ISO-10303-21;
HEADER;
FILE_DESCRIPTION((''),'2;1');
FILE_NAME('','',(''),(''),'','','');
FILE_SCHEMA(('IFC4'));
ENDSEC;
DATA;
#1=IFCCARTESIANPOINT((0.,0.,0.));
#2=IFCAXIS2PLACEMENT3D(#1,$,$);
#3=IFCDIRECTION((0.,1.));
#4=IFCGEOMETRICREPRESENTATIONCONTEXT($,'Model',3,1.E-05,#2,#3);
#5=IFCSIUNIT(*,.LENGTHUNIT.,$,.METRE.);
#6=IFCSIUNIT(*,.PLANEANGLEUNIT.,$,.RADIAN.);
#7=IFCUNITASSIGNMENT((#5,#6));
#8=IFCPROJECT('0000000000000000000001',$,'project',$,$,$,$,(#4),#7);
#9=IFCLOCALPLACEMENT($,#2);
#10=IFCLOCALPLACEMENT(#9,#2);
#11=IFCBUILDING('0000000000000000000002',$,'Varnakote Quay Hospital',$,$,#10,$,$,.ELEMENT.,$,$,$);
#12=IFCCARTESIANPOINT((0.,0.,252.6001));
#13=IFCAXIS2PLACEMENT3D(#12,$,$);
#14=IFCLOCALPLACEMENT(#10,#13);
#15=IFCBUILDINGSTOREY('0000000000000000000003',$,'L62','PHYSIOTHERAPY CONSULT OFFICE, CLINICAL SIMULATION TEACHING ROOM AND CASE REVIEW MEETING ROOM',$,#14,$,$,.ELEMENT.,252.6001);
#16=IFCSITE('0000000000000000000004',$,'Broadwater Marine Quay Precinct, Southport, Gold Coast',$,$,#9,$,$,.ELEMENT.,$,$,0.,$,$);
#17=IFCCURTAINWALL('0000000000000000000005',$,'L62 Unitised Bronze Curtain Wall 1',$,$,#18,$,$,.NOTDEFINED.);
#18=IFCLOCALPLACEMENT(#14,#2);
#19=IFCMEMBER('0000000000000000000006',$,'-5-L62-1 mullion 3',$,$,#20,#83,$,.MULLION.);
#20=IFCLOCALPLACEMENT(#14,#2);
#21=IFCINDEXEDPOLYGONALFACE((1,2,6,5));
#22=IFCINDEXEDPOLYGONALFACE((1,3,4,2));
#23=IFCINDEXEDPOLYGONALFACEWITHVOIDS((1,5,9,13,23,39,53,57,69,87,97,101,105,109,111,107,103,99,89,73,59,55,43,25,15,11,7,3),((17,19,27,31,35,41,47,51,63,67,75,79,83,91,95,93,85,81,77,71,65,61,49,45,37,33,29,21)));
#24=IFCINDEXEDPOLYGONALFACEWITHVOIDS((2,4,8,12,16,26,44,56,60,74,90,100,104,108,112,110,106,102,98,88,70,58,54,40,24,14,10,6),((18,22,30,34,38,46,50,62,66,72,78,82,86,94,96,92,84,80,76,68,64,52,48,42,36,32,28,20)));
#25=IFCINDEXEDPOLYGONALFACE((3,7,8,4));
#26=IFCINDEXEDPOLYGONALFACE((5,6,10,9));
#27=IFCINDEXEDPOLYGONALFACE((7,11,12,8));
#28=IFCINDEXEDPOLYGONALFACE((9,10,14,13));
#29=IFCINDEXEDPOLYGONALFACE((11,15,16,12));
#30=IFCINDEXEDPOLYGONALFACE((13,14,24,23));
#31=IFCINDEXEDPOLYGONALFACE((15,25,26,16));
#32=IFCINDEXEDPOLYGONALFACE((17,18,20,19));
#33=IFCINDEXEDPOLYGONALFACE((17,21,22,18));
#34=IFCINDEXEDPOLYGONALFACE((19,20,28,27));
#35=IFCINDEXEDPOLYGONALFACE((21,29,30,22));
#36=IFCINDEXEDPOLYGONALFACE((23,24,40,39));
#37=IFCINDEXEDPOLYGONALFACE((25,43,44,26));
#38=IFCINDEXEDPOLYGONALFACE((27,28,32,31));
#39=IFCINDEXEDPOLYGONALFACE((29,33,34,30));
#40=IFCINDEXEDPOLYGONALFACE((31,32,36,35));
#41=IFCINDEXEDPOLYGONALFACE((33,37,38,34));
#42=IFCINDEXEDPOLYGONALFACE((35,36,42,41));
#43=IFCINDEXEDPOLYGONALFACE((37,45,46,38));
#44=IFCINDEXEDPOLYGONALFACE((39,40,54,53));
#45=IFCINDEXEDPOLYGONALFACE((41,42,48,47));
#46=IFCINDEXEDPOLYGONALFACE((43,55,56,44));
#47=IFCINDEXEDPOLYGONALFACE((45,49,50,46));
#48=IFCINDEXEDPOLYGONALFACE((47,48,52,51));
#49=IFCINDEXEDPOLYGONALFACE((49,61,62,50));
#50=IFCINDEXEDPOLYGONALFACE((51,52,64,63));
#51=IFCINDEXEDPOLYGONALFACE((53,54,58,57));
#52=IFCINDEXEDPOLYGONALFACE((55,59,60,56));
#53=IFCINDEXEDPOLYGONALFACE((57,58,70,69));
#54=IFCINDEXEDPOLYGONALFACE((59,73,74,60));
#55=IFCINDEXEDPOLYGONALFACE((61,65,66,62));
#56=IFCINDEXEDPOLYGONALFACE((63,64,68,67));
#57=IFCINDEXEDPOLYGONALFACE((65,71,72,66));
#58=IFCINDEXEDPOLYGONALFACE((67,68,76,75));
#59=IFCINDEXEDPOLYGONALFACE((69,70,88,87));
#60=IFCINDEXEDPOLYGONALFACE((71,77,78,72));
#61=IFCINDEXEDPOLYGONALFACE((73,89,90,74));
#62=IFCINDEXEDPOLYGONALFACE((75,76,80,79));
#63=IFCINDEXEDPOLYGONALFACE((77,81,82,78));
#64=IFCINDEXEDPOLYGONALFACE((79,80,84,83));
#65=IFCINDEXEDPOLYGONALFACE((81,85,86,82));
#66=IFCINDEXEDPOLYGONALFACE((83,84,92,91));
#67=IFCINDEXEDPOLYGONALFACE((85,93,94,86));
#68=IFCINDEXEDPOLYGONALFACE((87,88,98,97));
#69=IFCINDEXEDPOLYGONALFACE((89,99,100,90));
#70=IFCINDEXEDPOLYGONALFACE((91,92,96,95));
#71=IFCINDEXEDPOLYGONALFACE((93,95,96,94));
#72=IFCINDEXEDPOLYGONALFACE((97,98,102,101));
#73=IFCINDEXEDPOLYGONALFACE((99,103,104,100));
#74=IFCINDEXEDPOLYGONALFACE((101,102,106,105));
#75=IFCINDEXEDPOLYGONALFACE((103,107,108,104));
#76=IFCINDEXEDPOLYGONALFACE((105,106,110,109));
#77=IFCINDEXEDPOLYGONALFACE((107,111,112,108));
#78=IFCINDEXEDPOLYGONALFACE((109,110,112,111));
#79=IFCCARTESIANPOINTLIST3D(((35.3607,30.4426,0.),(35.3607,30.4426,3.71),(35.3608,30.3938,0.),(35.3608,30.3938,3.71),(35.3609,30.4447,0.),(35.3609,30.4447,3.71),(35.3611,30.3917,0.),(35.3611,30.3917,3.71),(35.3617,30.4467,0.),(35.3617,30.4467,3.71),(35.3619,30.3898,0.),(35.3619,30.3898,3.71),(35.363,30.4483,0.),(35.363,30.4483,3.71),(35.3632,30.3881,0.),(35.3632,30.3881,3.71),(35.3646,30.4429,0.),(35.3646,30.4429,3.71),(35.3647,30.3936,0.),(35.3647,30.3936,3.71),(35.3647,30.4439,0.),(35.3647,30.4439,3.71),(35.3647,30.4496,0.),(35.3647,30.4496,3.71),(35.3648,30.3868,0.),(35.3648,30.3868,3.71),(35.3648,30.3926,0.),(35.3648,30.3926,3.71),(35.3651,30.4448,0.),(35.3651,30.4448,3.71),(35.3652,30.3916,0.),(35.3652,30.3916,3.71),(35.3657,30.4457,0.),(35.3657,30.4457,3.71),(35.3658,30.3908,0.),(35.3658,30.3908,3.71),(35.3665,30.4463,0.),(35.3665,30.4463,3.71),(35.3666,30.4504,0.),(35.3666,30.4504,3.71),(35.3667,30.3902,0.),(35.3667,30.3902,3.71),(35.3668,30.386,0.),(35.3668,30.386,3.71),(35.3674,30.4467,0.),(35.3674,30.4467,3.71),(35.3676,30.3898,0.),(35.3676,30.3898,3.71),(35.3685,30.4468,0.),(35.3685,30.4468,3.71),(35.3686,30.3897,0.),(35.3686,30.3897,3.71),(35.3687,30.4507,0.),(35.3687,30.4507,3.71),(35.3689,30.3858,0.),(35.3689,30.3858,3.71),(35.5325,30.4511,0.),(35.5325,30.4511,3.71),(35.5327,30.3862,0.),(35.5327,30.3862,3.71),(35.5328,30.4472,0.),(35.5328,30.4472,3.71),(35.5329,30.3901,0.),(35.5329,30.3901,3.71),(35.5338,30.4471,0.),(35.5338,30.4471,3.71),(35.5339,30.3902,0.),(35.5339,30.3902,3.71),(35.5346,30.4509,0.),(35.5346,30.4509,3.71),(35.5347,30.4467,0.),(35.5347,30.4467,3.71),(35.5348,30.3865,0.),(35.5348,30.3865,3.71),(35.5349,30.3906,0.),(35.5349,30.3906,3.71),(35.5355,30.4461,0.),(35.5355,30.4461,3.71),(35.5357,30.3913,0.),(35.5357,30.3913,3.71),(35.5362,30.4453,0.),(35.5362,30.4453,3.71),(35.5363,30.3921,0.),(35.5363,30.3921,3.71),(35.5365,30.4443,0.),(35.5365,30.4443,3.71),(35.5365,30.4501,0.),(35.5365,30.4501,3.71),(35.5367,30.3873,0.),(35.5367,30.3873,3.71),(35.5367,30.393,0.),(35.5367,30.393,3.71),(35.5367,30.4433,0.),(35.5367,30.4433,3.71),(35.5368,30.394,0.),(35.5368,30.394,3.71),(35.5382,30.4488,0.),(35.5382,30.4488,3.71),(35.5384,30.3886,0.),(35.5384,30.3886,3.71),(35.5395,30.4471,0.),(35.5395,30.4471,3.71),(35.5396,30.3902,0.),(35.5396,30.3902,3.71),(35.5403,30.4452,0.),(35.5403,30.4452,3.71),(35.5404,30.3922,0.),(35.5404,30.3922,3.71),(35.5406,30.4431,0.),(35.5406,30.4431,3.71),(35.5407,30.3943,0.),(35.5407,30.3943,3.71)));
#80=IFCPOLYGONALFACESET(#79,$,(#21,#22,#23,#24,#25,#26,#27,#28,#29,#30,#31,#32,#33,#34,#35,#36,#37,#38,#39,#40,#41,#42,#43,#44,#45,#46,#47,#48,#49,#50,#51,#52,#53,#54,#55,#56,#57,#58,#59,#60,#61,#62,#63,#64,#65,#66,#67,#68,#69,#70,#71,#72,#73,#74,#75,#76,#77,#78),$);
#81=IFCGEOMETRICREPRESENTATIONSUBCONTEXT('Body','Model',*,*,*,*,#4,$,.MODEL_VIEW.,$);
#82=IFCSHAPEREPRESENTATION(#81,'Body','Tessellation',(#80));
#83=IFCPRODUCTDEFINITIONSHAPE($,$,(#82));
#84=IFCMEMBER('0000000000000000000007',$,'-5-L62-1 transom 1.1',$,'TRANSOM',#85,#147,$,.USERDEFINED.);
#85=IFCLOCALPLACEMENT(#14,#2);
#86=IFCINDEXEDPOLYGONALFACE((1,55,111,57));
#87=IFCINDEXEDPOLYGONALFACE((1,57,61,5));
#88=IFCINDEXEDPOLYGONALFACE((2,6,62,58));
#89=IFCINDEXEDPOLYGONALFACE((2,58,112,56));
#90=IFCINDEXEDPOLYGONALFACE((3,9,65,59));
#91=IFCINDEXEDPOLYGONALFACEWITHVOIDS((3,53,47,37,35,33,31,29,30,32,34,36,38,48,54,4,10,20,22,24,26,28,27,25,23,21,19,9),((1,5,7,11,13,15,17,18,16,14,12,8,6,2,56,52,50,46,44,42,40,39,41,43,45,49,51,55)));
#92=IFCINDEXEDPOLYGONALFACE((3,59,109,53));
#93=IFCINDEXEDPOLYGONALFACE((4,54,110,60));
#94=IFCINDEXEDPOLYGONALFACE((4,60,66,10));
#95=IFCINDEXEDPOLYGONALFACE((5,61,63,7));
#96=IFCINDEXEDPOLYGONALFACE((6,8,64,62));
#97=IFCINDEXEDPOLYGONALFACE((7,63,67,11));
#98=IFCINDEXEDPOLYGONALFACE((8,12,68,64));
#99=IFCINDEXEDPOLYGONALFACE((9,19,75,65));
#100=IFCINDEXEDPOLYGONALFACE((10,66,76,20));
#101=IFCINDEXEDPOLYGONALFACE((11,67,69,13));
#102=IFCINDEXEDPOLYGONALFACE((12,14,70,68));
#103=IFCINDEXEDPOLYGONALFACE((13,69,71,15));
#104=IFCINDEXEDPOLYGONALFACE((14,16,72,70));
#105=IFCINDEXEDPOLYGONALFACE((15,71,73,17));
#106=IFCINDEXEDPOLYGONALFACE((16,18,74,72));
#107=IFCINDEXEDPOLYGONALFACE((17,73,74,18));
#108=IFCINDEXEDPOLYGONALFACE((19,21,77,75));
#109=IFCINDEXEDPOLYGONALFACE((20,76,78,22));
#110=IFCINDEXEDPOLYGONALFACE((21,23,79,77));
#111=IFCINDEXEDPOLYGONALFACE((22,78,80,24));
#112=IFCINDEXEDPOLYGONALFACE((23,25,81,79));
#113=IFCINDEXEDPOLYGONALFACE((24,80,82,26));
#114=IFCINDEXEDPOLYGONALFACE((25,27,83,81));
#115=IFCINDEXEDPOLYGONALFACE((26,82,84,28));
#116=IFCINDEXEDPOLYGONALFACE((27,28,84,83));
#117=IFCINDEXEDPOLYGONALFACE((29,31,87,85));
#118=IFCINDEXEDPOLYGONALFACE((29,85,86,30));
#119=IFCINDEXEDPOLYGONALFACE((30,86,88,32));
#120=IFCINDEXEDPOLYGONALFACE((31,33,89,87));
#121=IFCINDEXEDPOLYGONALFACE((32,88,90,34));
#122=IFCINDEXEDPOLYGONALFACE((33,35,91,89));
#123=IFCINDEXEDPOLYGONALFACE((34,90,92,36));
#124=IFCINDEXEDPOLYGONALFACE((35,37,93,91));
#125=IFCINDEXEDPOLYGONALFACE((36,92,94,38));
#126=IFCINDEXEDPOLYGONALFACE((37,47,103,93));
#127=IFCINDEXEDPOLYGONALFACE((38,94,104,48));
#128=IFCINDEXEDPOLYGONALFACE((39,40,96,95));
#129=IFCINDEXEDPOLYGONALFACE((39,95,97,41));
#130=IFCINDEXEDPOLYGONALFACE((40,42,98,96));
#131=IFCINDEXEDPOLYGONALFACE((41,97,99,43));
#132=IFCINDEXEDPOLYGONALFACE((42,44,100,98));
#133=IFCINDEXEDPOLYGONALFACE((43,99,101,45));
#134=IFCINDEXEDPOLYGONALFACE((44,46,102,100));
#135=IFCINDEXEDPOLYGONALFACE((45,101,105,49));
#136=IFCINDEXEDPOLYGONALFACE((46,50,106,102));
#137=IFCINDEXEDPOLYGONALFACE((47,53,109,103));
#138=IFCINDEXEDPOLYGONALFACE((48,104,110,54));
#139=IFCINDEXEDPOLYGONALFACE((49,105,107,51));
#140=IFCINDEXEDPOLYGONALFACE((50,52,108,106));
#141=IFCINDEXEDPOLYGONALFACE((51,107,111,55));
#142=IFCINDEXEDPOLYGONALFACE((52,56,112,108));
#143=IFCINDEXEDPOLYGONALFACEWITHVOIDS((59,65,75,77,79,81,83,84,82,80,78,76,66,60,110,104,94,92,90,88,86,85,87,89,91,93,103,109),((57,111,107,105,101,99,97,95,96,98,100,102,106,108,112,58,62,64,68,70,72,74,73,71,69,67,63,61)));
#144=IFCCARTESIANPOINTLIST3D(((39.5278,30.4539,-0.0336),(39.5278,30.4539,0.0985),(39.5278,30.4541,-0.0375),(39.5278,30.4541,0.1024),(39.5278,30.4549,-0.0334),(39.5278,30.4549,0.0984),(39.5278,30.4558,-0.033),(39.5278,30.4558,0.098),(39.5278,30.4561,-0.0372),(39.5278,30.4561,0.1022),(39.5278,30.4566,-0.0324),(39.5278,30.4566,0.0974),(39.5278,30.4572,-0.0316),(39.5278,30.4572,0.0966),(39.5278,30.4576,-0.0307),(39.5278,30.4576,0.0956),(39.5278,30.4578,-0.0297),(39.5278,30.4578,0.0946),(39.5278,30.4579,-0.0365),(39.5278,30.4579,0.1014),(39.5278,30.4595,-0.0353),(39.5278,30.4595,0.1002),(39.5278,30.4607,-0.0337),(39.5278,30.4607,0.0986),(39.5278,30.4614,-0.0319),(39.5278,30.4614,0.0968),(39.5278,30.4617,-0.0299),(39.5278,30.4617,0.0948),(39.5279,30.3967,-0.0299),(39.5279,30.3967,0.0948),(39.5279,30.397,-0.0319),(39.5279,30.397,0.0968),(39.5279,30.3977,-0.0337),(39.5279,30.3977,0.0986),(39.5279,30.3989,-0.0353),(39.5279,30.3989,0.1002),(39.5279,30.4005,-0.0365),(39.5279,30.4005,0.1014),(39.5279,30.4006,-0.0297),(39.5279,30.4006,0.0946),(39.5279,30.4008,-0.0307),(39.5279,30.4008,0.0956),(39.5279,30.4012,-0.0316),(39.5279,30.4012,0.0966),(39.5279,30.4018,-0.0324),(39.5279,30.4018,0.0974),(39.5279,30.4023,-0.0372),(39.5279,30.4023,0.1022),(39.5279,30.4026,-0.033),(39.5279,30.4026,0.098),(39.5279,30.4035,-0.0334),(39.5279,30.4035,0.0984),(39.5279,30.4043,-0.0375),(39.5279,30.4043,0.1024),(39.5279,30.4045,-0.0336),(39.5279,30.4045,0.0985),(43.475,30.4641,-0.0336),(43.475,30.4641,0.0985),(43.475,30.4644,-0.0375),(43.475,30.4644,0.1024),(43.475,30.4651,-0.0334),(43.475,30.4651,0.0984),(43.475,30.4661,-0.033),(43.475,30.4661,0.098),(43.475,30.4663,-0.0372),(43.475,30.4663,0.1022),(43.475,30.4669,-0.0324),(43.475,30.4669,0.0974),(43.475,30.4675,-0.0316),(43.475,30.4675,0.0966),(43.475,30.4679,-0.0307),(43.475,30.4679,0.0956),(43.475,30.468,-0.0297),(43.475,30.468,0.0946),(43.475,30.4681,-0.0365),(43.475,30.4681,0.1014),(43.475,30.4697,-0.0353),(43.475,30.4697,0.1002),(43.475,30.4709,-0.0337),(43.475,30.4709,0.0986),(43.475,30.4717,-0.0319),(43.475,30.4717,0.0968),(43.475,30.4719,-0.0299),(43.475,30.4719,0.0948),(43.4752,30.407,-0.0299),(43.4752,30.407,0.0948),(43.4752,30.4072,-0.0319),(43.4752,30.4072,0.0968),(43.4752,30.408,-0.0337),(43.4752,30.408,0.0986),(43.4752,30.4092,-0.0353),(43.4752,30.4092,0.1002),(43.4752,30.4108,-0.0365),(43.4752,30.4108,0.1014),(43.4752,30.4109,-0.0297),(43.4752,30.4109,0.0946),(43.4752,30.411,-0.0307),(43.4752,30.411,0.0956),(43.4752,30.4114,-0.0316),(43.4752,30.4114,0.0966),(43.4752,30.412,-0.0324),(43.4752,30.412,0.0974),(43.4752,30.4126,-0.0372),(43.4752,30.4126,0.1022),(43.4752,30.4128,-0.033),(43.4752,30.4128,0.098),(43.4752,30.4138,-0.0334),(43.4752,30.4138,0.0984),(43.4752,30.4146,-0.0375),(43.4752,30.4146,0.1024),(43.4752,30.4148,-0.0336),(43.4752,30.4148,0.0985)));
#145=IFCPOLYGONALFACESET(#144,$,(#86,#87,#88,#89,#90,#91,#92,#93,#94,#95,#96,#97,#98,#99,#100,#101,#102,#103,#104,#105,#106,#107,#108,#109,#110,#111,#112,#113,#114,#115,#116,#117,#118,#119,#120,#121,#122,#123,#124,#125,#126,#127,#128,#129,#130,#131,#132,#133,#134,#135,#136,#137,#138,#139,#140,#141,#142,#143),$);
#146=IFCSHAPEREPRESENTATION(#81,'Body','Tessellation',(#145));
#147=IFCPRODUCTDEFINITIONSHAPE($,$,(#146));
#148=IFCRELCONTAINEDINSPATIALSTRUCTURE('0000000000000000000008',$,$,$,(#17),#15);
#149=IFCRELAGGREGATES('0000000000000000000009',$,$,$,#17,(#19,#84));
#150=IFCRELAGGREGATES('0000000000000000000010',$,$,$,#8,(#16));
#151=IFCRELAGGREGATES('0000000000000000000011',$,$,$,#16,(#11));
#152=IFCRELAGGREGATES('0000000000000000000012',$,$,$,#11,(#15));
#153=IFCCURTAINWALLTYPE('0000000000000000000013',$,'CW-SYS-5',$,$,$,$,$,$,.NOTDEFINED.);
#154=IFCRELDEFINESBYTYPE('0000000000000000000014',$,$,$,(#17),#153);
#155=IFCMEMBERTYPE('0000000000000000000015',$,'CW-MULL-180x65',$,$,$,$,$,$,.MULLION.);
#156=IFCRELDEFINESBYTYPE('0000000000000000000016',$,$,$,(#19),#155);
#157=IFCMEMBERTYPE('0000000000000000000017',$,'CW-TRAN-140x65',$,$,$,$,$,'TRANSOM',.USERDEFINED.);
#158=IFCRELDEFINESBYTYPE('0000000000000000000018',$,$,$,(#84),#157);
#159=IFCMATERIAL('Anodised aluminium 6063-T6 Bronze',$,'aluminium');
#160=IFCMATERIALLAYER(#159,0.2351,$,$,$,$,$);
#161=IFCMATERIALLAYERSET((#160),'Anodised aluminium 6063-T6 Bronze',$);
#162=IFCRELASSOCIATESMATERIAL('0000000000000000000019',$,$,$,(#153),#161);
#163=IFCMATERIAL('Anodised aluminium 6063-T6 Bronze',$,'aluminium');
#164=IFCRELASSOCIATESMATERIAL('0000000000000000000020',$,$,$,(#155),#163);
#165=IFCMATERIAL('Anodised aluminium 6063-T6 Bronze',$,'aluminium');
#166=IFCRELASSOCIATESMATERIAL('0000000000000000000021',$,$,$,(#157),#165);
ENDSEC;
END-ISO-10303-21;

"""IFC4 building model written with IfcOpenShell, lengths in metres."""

from ifc_helpers import new_model, si_unit, direction, frame, origin, origin_2d, place, context, subcontext, project, spatial, hollow_rectangle, extrude, material, layer, layer_set, material_profile, profile_set, type_object, element, aggregate, save


model = new_model("IFC4")

# Units and contexts
model_context = context("Model", 3, precision=1e-05, world=origin(), true_north=direction((0.0, 1.0)))
body_context = subcontext(model_context, "Body", "Model", "MODEL_VIEW")
ifc_project = project(units=[si_unit("LENGTHUNIT", "METRE"), si_unit("PLANEANGLEUNIT", "RADIAN")], contexts=[model_context])

# Site, building, storey
site_placement = place(None, origin())
site = spatial("IfcSite", under=ifc_project, at=site_placement, Name="Broadwater Marine Quay Precinct, Southport, Gold Coast", CompositionType="ELEMENT", RefElevation=0.0)
building_placement = place(site_placement, origin())
building = spatial("IfcBuilding", under=site, at=building_placement, Name="Varnakote Quay Hospital", CompositionType="ELEMENT")
storey_placement = place(building_placement, frame((0.0, 0.0, 252.6001)))
storey = spatial("IfcBuildingStorey", under=building, at=storey_placement, Name="L62", Description="PHYSIOTHERAPY CONSULT OFFICE, CLINICAL SIMULATION TEACHING ROOM AND CASE REVIEW MEETING ROOM", CompositionType="ELEMENT", Elevation=252.6001)

# Curtain wall, members
ifc_material_1 = material(Name="Anodised aluminium 6063-T6 Bronze", Category="aluminium")
ifc_layer_1 = layer(ifc_material_1, 0.2351)
ifc_layer_set_1 = layer_set([ifc_layer_1], Name="Anodised aluminium 6063-T6 Bronze")
curtain_wall_type = type_object("IfcCurtainWallType", Name="CW-SYS-5", PredefinedType="NOTDEFINED", material=ifc_layer_set_1)
curtain_wall_placement = place(storey_placement, origin())
curtain_wall = element("IfcCurtainWall", 1, at=curtain_wall_placement, inside=storey, type_object=curtain_wall_type, Name="L62 Unitised Bronze Curtain Wall 1", PredefinedType="NOTDEFINED")
ifc_material_2 = material(Name="Anodised aluminium 6063-T6 Bronze", Category="aluminium")
ifc_material_profile_1 = material_profile(ifc_material_2, hollow_rectangle(XDim=0.0649, YDim=0.1799, WallThickness=0.0039, InnerFilletRadius=0.0039, OuterFilletRadius=0.0081, at=origin_2d()), Name="CW-MULL-180x65")
ifc_profile_set_1 = profile_set([ifc_material_profile_1], Name="Anodised aluminium 6063-T6 Bronze")
member_type_1 = type_object("IfcMemberType", Name="CW-MULL-180x65", PredefinedType="MULLION", material=ifc_profile_set_1)
member_1_placement = place(storey_placement, frame((35.4507, 30.4185, 0.0), z_axis=(0.0, 0.0, 1.0), x_axis=(0.002604, -0.999997, 0.0)))
member_1 = element("IfcMember", 2, at=member_1_placement, type_object=member_type_1, Name="-5-L62-1 mullion 3", PredefinedType="MULLION", context=body_context, shape_type="SweptSolid", body=[
    extrude(hollow_rectangle(XDim=0.0649, YDim=0.1799, WallThickness=0.0039, InnerFilletRadius=0.0039, OuterFilletRadius=0.0081, at=origin_2d()), origin(), (0.0, 0.0, 1.0), 3.71),
])
ifc_material_3 = material(Name="Anodised aluminium 6063-T6 Bronze", Category="aluminium")
ifc_material_profile_2 = material_profile(ifc_material_3, hollow_rectangle(XDim=0.0649, YDim=0.1399, WallThickness=0.0039, InnerFilletRadius=0.0039, OuterFilletRadius=0.0076, at=origin_2d()), Name="CW-TRAN-140x65")
ifc_profile_set_2 = profile_set([ifc_material_profile_2], Name="Anodised aluminium 6063-T6 Bronze")
member_type_2 = type_object("IfcMemberType", Name="CW-TRAN-140x65", ElementType="TRANSOM", PredefinedType="USERDEFINED", material=ifc_profile_set_2)
member_2_placement = place(storey_placement, frame((43.4751, 30.4395, 0.0325), z_axis=(-0.999997, -0.002598, 0.0), x_axis=(0.002598, -0.999997, 0.0)))
member_2 = element("IfcMember", 3, at=member_2_placement, type_object=member_type_2, Name="-5-L62-1 transom 1.1", ObjectType="TRANSOM", PredefinedType="USERDEFINED", context=body_context, shape_type="SweptSolid", body=[
    extrude(hollow_rectangle(XDim=0.0649, YDim=0.1399, WallThickness=0.0039, InnerFilletRadius=0.0039, OuterFilletRadius=0.0076, at=origin_2d()), origin(), (0.0, 0.0, 1.0), 3.9473),
])

aggregate(curtain_wall, [member_1, member_2])

save(model, "model.ifc")
